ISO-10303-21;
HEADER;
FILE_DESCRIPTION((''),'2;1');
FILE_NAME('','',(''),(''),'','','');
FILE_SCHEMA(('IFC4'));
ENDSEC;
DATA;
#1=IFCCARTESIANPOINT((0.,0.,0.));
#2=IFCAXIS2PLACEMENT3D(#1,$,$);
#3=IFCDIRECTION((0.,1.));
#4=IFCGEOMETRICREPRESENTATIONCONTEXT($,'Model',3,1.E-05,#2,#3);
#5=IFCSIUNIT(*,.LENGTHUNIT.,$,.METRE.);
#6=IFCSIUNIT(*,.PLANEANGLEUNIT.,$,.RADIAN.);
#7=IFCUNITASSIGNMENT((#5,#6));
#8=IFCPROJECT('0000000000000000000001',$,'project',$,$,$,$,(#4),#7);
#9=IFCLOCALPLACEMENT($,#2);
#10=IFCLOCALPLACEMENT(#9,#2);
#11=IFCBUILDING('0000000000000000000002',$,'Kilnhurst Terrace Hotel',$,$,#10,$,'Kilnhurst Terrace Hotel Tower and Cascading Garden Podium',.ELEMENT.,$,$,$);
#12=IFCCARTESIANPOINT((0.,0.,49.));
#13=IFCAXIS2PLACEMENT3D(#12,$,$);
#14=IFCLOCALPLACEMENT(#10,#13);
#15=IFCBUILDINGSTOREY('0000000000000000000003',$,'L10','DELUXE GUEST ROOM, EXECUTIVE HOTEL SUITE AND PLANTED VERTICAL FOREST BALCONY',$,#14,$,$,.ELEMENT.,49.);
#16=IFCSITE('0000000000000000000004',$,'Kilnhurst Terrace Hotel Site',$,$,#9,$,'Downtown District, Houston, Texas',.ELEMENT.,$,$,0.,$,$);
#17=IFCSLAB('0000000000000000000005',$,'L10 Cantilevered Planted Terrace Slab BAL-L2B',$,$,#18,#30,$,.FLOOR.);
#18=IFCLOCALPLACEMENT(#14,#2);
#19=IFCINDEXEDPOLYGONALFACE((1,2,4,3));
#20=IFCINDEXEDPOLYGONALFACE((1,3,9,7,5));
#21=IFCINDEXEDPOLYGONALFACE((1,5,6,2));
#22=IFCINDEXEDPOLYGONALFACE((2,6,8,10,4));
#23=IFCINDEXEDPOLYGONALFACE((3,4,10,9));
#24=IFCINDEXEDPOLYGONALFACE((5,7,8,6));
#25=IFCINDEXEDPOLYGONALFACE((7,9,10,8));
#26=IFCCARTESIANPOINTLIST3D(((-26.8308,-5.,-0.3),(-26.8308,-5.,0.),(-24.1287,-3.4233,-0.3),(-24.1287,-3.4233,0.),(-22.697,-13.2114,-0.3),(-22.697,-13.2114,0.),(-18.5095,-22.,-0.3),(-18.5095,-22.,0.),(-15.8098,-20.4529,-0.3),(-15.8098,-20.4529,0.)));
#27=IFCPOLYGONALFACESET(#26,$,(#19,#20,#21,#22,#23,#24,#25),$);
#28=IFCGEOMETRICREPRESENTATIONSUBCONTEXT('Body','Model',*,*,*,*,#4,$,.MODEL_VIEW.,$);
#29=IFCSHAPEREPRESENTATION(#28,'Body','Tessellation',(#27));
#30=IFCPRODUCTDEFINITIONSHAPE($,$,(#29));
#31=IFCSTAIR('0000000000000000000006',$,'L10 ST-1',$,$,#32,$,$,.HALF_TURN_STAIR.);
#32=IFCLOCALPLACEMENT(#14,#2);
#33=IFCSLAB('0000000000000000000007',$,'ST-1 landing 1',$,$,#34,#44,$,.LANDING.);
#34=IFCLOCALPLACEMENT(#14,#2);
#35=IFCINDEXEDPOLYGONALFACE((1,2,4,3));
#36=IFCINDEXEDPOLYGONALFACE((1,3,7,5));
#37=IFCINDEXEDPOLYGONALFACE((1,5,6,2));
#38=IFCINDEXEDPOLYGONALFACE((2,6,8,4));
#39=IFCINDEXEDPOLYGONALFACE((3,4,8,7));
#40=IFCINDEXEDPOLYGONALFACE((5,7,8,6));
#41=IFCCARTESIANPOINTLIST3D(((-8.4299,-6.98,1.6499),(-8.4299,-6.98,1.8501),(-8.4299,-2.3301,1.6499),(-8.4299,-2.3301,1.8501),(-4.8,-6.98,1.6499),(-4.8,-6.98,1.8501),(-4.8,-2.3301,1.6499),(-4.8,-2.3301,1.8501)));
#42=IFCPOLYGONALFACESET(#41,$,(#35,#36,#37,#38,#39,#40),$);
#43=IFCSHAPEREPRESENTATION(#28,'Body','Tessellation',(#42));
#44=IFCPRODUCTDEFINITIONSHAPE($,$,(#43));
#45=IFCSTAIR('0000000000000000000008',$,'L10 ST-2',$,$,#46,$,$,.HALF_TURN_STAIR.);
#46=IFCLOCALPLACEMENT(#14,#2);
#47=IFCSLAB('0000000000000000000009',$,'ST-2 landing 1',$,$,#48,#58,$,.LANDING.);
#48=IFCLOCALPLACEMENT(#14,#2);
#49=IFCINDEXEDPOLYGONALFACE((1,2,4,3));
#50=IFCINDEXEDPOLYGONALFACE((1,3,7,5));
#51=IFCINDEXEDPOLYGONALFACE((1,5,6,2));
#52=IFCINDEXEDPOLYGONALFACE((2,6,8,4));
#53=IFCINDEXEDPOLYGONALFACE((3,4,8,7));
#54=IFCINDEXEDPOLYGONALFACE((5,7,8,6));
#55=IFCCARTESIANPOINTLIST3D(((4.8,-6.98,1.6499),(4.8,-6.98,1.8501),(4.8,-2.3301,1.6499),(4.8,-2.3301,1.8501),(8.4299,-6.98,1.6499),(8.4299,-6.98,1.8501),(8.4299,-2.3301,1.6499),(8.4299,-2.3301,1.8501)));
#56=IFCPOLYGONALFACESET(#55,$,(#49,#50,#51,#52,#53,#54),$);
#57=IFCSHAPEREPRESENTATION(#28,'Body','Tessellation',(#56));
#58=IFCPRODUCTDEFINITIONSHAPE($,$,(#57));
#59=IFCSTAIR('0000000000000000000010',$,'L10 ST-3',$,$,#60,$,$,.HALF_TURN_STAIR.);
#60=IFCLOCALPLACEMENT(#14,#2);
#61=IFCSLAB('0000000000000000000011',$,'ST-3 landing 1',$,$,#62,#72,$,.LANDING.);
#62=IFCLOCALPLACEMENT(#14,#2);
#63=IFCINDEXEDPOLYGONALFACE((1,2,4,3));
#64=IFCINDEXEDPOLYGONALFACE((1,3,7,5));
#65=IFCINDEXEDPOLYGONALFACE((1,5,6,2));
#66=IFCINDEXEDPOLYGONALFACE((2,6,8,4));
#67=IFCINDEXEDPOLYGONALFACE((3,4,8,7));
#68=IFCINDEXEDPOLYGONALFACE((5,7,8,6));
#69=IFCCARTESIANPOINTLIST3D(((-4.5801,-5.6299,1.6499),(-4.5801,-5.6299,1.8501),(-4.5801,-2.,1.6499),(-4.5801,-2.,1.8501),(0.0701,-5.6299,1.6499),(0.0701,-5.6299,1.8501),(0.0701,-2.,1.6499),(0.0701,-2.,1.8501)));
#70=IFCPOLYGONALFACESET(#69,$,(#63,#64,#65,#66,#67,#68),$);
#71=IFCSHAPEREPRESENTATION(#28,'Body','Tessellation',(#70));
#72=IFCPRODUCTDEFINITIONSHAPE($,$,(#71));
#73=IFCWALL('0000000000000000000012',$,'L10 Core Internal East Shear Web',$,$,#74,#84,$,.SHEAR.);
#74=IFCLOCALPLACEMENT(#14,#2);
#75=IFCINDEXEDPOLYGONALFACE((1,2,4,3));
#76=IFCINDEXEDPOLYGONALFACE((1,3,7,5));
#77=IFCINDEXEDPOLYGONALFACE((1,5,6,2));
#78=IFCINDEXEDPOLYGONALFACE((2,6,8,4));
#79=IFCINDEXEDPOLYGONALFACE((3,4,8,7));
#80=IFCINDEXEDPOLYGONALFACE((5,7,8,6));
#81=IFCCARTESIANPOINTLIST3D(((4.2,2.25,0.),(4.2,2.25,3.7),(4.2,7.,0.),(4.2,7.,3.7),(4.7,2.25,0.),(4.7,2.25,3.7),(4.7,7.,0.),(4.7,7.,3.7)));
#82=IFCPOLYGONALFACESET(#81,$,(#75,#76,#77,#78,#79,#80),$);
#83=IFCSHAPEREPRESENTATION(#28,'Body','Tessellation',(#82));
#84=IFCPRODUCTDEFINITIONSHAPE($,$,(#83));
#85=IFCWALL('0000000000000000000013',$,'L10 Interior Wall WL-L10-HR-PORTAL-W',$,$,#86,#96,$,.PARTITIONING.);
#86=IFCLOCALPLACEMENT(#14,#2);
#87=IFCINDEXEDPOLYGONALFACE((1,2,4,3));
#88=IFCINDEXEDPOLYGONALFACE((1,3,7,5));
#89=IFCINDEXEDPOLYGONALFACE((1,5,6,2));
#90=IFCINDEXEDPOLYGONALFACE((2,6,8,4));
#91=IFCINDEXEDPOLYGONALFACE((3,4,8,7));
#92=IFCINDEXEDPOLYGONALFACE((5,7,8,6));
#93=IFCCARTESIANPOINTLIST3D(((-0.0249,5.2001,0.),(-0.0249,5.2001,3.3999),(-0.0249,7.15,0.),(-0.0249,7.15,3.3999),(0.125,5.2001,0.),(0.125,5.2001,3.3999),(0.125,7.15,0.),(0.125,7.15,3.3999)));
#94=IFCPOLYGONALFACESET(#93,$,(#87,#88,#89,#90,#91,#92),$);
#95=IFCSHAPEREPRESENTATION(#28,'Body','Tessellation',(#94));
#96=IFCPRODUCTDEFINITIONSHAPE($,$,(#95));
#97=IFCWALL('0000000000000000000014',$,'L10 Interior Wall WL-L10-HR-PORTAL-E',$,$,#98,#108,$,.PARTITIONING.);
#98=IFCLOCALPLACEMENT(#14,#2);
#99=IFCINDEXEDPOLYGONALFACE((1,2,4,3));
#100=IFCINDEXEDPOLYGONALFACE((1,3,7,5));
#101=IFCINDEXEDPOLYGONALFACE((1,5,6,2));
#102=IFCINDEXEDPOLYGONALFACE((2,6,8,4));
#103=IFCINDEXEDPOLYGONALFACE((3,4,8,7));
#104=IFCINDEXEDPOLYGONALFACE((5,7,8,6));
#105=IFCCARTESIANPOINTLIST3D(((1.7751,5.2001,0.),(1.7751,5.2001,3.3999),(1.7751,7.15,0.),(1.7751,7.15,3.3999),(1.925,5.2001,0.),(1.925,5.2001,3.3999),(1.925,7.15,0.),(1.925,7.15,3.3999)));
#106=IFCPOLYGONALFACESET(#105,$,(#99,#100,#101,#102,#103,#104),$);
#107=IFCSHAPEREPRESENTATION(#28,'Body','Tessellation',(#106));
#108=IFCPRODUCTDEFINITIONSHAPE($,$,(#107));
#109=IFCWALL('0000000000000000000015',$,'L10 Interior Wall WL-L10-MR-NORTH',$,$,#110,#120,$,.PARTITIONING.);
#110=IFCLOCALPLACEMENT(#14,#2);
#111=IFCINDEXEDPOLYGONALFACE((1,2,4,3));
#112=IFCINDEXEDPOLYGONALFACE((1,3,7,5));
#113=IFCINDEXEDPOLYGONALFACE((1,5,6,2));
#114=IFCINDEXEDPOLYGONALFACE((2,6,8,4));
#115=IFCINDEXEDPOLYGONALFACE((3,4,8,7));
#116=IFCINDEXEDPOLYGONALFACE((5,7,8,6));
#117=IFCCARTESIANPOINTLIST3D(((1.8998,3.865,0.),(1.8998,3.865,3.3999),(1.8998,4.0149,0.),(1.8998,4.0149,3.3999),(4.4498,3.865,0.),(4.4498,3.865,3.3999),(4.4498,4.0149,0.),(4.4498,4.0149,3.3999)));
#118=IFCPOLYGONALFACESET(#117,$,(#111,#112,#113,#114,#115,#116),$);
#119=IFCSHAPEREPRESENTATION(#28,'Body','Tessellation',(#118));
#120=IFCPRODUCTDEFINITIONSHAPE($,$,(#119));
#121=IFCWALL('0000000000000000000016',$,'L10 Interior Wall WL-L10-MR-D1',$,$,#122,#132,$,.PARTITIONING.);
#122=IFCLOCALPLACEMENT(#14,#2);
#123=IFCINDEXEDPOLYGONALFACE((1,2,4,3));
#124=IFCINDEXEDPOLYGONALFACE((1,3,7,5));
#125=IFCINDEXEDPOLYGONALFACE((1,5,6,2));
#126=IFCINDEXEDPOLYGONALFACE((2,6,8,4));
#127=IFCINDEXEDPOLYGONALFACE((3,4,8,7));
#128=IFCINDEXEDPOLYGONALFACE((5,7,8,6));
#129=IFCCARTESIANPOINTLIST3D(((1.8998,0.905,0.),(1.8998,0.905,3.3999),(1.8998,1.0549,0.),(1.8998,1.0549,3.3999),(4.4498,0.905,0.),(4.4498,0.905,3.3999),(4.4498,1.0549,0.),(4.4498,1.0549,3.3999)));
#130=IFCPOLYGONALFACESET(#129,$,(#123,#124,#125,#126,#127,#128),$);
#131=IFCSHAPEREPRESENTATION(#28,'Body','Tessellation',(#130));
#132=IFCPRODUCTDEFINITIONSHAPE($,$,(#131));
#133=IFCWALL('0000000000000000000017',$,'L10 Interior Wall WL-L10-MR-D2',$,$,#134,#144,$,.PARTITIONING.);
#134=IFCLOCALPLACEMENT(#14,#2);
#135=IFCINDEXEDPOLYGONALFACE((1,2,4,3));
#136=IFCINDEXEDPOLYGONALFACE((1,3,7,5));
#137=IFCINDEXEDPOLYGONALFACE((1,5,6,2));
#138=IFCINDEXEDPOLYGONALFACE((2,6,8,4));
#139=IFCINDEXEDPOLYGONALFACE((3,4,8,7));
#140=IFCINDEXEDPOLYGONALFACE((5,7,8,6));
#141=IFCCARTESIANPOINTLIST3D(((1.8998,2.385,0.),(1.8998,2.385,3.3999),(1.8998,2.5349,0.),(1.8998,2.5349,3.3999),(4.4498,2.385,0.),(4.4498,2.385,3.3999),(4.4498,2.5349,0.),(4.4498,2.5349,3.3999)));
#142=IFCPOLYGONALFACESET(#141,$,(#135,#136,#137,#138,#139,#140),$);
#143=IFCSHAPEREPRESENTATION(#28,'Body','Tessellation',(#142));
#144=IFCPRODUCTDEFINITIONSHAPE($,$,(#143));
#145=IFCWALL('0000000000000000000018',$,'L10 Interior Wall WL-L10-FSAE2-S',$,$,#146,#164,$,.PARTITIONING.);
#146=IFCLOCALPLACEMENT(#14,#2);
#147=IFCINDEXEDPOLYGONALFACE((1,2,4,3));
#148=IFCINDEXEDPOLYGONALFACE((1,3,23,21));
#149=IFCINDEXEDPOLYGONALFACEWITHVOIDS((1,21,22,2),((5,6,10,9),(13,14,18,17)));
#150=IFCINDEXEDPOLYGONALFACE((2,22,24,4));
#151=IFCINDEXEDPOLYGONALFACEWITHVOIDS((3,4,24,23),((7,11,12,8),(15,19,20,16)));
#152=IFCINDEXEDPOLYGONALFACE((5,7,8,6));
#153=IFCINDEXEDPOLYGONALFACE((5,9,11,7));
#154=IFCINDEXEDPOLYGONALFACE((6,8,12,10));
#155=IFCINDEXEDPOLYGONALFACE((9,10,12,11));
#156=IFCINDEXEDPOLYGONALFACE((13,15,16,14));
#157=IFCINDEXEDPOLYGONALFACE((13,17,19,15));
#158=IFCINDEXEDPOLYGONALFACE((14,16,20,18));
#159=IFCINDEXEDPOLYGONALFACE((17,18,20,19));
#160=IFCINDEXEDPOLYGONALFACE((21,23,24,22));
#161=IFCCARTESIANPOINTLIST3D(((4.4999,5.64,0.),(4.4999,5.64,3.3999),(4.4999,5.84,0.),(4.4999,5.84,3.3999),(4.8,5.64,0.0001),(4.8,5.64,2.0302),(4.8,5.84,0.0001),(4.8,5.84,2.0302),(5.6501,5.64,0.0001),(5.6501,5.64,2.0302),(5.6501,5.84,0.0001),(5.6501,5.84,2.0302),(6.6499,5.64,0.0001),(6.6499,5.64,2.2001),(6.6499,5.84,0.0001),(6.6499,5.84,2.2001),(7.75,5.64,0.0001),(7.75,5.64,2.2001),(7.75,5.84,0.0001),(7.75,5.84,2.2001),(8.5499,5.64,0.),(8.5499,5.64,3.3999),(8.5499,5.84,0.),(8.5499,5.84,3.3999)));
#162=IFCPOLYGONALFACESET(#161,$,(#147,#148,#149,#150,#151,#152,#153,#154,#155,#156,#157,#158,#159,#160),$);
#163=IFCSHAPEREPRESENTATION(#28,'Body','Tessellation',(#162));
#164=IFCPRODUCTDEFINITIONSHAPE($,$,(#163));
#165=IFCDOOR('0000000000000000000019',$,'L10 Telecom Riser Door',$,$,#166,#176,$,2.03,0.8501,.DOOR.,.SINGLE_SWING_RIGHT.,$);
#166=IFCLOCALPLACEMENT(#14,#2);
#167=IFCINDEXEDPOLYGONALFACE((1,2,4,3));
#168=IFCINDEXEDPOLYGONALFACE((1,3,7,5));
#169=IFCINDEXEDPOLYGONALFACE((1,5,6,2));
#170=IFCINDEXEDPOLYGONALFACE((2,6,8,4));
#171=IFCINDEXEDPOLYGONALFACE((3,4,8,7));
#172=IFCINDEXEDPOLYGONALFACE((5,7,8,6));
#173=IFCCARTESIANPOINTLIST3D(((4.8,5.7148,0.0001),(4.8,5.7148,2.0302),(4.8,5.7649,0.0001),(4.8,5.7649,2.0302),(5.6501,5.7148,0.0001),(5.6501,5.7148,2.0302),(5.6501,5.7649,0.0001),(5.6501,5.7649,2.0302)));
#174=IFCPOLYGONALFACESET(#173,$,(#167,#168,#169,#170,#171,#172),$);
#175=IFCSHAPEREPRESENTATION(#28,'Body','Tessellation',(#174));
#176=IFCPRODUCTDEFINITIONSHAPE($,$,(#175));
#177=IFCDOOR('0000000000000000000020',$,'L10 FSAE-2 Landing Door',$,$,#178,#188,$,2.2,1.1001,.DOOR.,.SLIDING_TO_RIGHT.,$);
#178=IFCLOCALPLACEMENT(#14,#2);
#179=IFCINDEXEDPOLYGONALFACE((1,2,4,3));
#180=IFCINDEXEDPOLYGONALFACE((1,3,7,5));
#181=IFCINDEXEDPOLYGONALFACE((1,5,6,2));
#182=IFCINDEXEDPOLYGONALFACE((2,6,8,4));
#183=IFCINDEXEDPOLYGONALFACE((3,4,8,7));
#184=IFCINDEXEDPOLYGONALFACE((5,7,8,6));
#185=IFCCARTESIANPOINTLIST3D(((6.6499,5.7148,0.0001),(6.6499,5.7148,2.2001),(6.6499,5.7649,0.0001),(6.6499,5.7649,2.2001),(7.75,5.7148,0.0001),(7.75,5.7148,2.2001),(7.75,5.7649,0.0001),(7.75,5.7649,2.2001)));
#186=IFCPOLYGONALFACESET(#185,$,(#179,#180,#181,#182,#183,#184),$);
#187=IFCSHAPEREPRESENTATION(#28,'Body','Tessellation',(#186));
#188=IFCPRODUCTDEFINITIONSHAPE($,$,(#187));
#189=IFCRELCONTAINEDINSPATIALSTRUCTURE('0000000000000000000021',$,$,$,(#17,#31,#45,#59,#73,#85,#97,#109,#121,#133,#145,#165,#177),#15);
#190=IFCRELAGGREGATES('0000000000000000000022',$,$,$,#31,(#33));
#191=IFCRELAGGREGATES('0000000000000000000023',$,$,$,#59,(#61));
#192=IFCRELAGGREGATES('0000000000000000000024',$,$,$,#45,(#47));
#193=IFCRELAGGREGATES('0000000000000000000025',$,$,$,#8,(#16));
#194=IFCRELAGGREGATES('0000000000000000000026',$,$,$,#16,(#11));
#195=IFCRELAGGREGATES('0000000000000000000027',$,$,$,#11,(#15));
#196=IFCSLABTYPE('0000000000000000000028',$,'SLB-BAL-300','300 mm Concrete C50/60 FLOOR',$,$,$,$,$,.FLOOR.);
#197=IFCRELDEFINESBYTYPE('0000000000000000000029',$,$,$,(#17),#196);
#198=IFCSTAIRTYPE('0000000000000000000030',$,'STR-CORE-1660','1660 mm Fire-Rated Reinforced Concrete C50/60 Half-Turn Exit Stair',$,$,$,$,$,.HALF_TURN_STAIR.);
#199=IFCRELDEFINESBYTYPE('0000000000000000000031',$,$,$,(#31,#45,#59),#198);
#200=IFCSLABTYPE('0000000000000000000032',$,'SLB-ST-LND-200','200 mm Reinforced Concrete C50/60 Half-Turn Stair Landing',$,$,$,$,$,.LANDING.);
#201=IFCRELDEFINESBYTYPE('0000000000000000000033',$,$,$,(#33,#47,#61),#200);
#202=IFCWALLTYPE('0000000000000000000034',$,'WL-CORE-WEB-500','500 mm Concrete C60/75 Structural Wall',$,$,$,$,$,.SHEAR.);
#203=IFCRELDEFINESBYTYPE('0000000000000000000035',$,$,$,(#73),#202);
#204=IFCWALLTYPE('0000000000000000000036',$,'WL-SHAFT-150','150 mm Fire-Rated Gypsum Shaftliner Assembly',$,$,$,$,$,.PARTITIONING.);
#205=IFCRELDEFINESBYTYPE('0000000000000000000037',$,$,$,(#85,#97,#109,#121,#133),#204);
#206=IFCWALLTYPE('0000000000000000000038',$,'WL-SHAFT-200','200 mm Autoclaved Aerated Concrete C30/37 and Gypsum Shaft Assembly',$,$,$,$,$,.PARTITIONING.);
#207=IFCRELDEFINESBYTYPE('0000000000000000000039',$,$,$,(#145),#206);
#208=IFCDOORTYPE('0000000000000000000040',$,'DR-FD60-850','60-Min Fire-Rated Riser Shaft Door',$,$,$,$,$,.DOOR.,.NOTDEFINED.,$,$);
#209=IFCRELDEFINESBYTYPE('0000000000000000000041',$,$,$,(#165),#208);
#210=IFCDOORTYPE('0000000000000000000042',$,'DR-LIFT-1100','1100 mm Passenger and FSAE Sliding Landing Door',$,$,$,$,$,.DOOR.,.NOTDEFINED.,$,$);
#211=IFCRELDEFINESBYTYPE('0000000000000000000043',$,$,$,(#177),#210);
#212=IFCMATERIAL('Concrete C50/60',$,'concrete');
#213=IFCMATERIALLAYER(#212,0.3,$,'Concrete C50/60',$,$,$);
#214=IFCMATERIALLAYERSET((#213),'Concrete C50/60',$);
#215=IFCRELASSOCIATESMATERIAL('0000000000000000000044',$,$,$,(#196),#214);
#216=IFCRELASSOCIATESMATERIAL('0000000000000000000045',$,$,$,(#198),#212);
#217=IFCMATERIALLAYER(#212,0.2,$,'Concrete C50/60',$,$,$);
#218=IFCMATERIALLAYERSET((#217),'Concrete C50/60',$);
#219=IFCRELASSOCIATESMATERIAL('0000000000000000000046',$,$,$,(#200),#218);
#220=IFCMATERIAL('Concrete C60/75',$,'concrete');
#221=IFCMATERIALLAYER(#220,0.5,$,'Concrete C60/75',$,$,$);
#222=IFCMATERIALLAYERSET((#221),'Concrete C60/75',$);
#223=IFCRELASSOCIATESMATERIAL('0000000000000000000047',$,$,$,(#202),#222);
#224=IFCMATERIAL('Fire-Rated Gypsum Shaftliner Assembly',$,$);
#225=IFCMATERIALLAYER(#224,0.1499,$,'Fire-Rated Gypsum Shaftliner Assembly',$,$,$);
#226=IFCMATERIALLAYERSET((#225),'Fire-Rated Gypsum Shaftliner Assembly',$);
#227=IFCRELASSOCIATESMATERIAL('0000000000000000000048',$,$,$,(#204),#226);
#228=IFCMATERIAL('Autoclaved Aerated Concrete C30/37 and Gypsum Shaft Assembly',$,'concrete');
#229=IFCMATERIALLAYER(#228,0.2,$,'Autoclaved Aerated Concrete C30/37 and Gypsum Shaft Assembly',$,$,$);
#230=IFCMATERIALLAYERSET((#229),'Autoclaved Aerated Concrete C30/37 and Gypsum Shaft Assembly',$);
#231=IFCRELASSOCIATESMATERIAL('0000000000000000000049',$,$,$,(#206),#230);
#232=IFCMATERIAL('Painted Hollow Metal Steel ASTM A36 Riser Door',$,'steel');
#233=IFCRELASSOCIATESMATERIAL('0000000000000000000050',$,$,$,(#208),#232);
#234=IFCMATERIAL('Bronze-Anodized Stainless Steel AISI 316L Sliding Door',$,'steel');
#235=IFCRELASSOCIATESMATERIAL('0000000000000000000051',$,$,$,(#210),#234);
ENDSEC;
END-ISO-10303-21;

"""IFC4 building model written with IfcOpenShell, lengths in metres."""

from ifc_helpers import new_model, si_unit, direction, frame, frame_2d, origin, place, context, subcontext, project, spatial, polyline, rectangle, outline, extrude, material, layer, layer_set, type_object, element, fill, aggregate, save


model = new_model("IFC4")

# Units and contexts
model_context = context("Model", 3, precision=1e-05, world=origin(), true_north=direction((0.0, 1.0)))
body_context = subcontext(model_context, "Body", "Model", "MODEL_VIEW")
ifc_project = project(units=[si_unit("LENGTHUNIT", "METRE"), si_unit("PLANEANGLEUNIT", "RADIAN")], contexts=[model_context])

# Site, building, storey
site_placement = place(None, origin())
site = spatial("IfcSite", under=ifc_project, at=site_placement, Name="Kilnhurst Terrace Hotel Site", LongName="Downtown District, Houston, Texas", CompositionType="ELEMENT", RefElevation=0.0)
building_placement = place(site_placement, origin())
building = spatial("IfcBuilding", under=site, at=building_placement, Name="Kilnhurst Terrace Hotel", LongName="Kilnhurst Terrace Hotel Tower and Cascading Garden Podium", CompositionType="ELEMENT")
storey_placement = place(building_placement, frame((0.0, 0.0, 49.0)))
storey = spatial("IfcBuildingStorey", under=building, at=storey_placement, Name="L10", Description="DELUXE GUEST ROOM, EXECUTIVE HOTEL SUITE AND PLANTED VERTICAL FOREST BALCONY", CompositionType="ELEMENT", Elevation=49.0)

# Slab
ifc_material_1 = material(Name="Concrete C50/60", Category="concrete")
ifc_layer_1 = layer(ifc_material_1, 0.3, Name="Concrete C50/60")
ifc_layer_set_1 = layer_set([ifc_layer_1], Name="Concrete C50/60")
slab_type_1 = type_object("IfcSlabType", Name="SLB-BAL-300", Description="300 mm Concrete C50/60 FLOOR", PredefinedType="FLOOR", material=ifc_layer_set_1)
slab_1_placement = place(storey_placement, frame((0.0, 0.0, -0.3)))
element("IfcSlab", 1, at=slab_1_placement, inside=storey, type_object=slab_type_1, Name="L10 Cantilevered Planted Terrace Slab BAL-L2B", PredefinedType="FLOOR", context=body_context, shape_type="SweptSolid", body=[
    extrude(outline(polyline([(-26.8308, -5.0), (-24.1287, -3.4233), (-15.8098, -20.4529), (-18.5095, -22.0), (-22.697, -13.2114), (-26.8308, -5.0)])), origin(), (0.0, 0.0, 1.0), 0.3),
])

# Stairs, slabs
stair_type = type_object("IfcStairType", Name="STR-CORE-1660", Description="1660 mm Fire-Rated Reinforced Concrete C50/60 Half-Turn Exit Stair", PredefinedType="HALF_TURN_STAIR", material=ifc_material_1)
stair_1_placement = place(storey_placement, origin())
stair_1 = element("IfcStair", 2, at=stair_1_placement, inside=storey, type_object=stair_type, Name="L10 ST-1", PredefinedType="HALF_TURN_STAIR")
ifc_layer_2 = layer(ifc_material_1, 0.2, Name="Concrete C50/60")
ifc_layer_set_2 = layer_set([ifc_layer_2], Name="Concrete C50/60")
slab_type_2 = type_object("IfcSlabType", Name="SLB-ST-LND-200", Description="200 mm Reinforced Concrete C50/60 Half-Turn Stair Landing", PredefinedType="LANDING", material=ifc_layer_set_2)
slab_2_placement = place(storey_placement, frame((0.0, 0.0, 1.6499)))
slab_2 = element("IfcSlab", 3, at=slab_2_placement, type_object=slab_type_2, Name="ST-1 landing 1", PredefinedType="LANDING", context=body_context, shape_type="SweptSolid", body=[
    extrude(outline(polyline([(-8.4299, -2.3301), (-4.8, -2.3301), (-4.8, -6.98), (-8.4299, -6.98), (-8.4299, -2.3301)])), origin(), (0.0, 0.0, 1.0), 0.2002),
])
aggregate(stair_1, [slab_2])
stair_2_placement = place(storey_placement, origin())
stair_2 = element("IfcStair", 4, at=stair_2_placement, inside=storey, type_object=stair_type, Name="L10 ST-2", PredefinedType="HALF_TURN_STAIR")
slab_3_placement = place(storey_placement, frame((0.0, 0.0, 1.6499)))
slab_3 = element("IfcSlab", 5, at=slab_3_placement, type_object=slab_type_2, Name="ST-2 landing 1", PredefinedType="LANDING", context=body_context, shape_type="SweptSolid", body=[
    extrude(outline(polyline([(4.8, -2.3301), (8.4299, -2.3301), (8.4299, -6.98), (4.8, -6.98), (4.8, -2.3301)])), origin(), (0.0, 0.0, 1.0), 0.2002),
])
stair_3_placement = place(storey_placement, origin())
stair_3 = element("IfcStair", 6, at=stair_3_placement, inside=storey, type_object=stair_type, Name="L10 ST-3", PredefinedType="HALF_TURN_STAIR")
slab_4_placement = place(storey_placement, frame((0.0, 0.0, 1.6499)))
slab_4 = element("IfcSlab", 7, at=slab_4_placement, type_object=slab_type_2, Name="ST-3 landing 1", PredefinedType="LANDING", context=body_context, shape_type="SweptSolid", body=[
    extrude(outline(polyline([(0.0701, -2.0), (0.0701, -5.6299), (-4.5801, -5.6299), (-4.5801, -2.0), (0.0701, -2.0)])), origin(), (0.0, 0.0, 1.0), 0.2002),
])
aggregate(stair_3, [slab_4])

# Walls
ifc_material_2 = material(Name="Concrete C60/75", Category="concrete")
ifc_layer_3 = layer(ifc_material_2, 0.5, Name="Concrete C60/75")
ifc_layer_set_3 = layer_set([ifc_layer_3], Name="Concrete C60/75")
wall_type_1 = type_object("IfcWallType", Name="WL-CORE-WEB-500", Description="500 mm Concrete C60/75 Structural Wall", PredefinedType="SHEAR", material=ifc_layer_set_3)
wall_1_placement = place(storey_placement, frame((4.45, 2.25, 0.0), z_axis=(0.0, 0.0, 1.0), x_axis=(0.0, 1.0, 0.0)))
element("IfcWall", 8, at=wall_1_placement, inside=storey, type_object=wall_type_1, Name="L10 Core Internal East Shear Web", PredefinedType="SHEAR", context=body_context, shape_type="SweptSolid", body=[
    extrude(rectangle(XDim=4.75, YDim=0.5, at=frame_2d((2.375, 0.0))), origin(), (0.0, 0.0, 1.0), 3.7),
])
ifc_material_3 = material(Name="Fire-Rated Gypsum Shaftliner Assembly")
ifc_layer_4 = layer(ifc_material_3, 0.1499, Name="Fire-Rated Gypsum Shaftliner Assembly")
ifc_layer_set_4 = layer_set([ifc_layer_4], Name="Fire-Rated Gypsum Shaftliner Assembly")
wall_type_2 = type_object("IfcWallType", Name="WL-SHAFT-150", Description="150 mm Fire-Rated Gypsum Shaftliner Assembly", PredefinedType="PARTITIONING", material=ifc_layer_set_4)
for number, where, z_axis, x_axis, name in (
    (9, (0.05, 5.2, 0.0), (0.0, 0.0, 1.0), (0.0, 1.0, 0.0), "L10 Interior Wall WL-L10-HR-PORTAL-W"),
    (10, (1.8501, 5.2, 0.0), (0.0, 0.0, 1.0), (0.0, 1.0, 0.0), "L10 Interior Wall WL-L10-HR-PORTAL-E"),
):
    element("IfcWall", number, at=place(storey_placement, frame(where, z_axis=z_axis, x_axis=x_axis)), inside=storey, type_object=wall_type_2, Name=name, PredefinedType="PARTITIONING", context=body_context, shape_type="SweptSolid", body=[
        extrude(rectangle(XDim=1.95, YDim=0.1499, at=frame_2d((0.9751, 0.0))), origin(), (0.0, 0.0, 1.0), 3.3999),
    ])
for number, where, z_axis, x_axis, name in (
    (11, (1.8999, 3.9399, 0.0), (0.0, 0.0, 1.0), (1.0, 0.0, 0.0), "L10 Interior Wall WL-L10-MR-NORTH"),
    (12, (1.8999, 0.98, 0.0), (0.0, 0.0, 1.0), (1.0, 0.0, 0.0), "L10 Interior Wall WL-L10-MR-D1"),
    (13, (1.8999, 2.46, 0.0), (0.0, 0.0, 1.0), (1.0, 0.0, 0.0), "L10 Interior Wall WL-L10-MR-D2"),
):
    element("IfcWall", number, at=place(storey_placement, frame(where, z_axis=z_axis, x_axis=x_axis)), inside=storey, type_object=wall_type_2, Name=name, PredefinedType="PARTITIONING", context=body_context, shape_type="SweptSolid", body=[
        extrude(rectangle(XDim=2.55, YDim=0.1499, at=frame_2d((1.2749, 0.0))), origin(), (0.0, 0.0, 1.0), 3.3999),
    ])

# Wall, openings, doors
ifc_material_4 = material(Name="Autoclaved Aerated Concrete C30/37 and Gypsum Shaft Assembly", Category="concrete")
ifc_layer_5 = layer(ifc_material_4, 0.2, Name="Autoclaved Aerated Concrete C30/37 and Gypsum Shaft Assembly")
ifc_layer_set_5 = layer_set([ifc_layer_5], Name="Autoclaved Aerated Concrete C30/37 and Gypsum Shaft Assembly")
wall_type_3 = type_object("IfcWallType", Name="WL-SHAFT-200", Description="200 mm Autoclaved Aerated Concrete C30/37 and Gypsum Shaft Assembly", PredefinedType="PARTITIONING", material=ifc_layer_set_5)
wall_2_placement = place(storey_placement, frame((4.5, 5.74, 0.0), z_axis=(0.0, 0.0, 1.0), x_axis=(1.0, 0.0, 0.0)))
wall_2 = element("IfcWall", 14, at=wall_2_placement, inside=storey, type_object=wall_type_3, Name="L10 Interior Wall WL-L10-FSAE2-S", PredefinedType="PARTITIONING", context=body_context, shape_type="SweptSolid", body=[
    extrude(rectangle(XDim=4.05, YDim=0.2, at=frame_2d((2.0249, 0.0))), origin(), (0.0, 0.0, 1.0), 3.3999),
])
opening_1_placement = place(wall_2_placement, frame((0.3, 0.0, 0.0)))
opening_1 = element("IfcOpeningElement", 15, at=opening_1_placement, cuts=wall_2, PredefinedType="OPENING", context=body_context, shape_type="SweptSolid", body=[
    extrude(rectangle(XDim=0.8501, YDim=2.03, at=frame_2d((0.425, 1.0151))), frame((0.0, 0.1099, 0.0), z_axis=(0.0, -1.0, 0.0), x_axis=(1.0, 0.0, 0.0)), (0.0, 0.0, 1.0), 0.22),
])
opening_2_placement = place(wall_2_placement, frame((2.1499, 0.0, 0.0)))
opening_2 = element("IfcOpeningElement", 16, at=opening_2_placement, cuts=wall_2, PredefinedType="OPENING", context=body_context, shape_type="SweptSolid", body=[
    extrude(rectangle(XDim=1.1001, YDim=2.2, at=frame_2d((0.55, 1.1001))), frame((0.0, 0.1099, 0.0), z_axis=(0.0, -1.0, 0.0), x_axis=(1.0, 0.0, 0.0)), (0.0, 0.0, 1.0), 0.22),
])
ifc_material_5 = material(Name="Painted Hollow Metal Steel ASTM A36 Riser Door", Category="steel")
door_type_1 = type_object("IfcDoorType", Name="DR-FD60-850", Description="60-Min Fire-Rated Riser Shaft Door", OperationType="NOTDEFINED", PredefinedType="DOOR", material=ifc_material_5)
door_1_placement = place(opening_1_placement, origin())
door_1 = element("IfcDoor", 17, at=door_1_placement, inside=storey, type_object=door_type_1, Name="L10 Telecom Riser Door", OperationType="SINGLE_SWING_RIGHT", OverallHeight=2.03, OverallWidth=0.8501, PredefinedType="DOOR", context=body_context, shape_type="SweptSolid", body=[
    extrude(rectangle(XDim=0.8501, YDim=2.03, at=frame_2d((0.425, 1.0151))), frame((0.0, 0.0249, 0.0), z_axis=(0.0, -1.0, 0.0), x_axis=(1.0, 0.0, 0.0)), (0.0, 0.0, 1.0), 0.05),
])
fill(opening_1, door_1)
ifc_material_6 = material(Name="Bronze-Anodized Stainless Steel AISI 316L Sliding Door", Category="steel")
door_type_2 = type_object("IfcDoorType", Name="DR-LIFT-1100", Description="1100 mm Passenger and FSAE Sliding Landing Door", OperationType="NOTDEFINED", PredefinedType="DOOR", material=ifc_material_6)
door_2_placement = place(opening_2_placement, origin())
door_2 = element("IfcDoor", 18, at=door_2_placement, inside=storey, type_object=door_type_2, Name="L10 FSAE-2 Landing Door", OperationType="SLIDING_TO_RIGHT", OverallHeight=2.2, OverallWidth=1.1001, PredefinedType="DOOR", context=body_context, shape_type="SweptSolid", body=[
    extrude(rectangle(XDim=1.1001, YDim=2.2, at=frame_2d((0.55, 1.1001))), frame((0.0, 0.0249, 0.0), z_axis=(0.0, -1.0, 0.0), x_axis=(1.0, 0.0, 0.0)), (0.0, 0.0, 1.0), 0.05),
])
fill(opening_2, door_2)

aggregate(stair_2, [slab_3])

save(model, "model.ifc")
